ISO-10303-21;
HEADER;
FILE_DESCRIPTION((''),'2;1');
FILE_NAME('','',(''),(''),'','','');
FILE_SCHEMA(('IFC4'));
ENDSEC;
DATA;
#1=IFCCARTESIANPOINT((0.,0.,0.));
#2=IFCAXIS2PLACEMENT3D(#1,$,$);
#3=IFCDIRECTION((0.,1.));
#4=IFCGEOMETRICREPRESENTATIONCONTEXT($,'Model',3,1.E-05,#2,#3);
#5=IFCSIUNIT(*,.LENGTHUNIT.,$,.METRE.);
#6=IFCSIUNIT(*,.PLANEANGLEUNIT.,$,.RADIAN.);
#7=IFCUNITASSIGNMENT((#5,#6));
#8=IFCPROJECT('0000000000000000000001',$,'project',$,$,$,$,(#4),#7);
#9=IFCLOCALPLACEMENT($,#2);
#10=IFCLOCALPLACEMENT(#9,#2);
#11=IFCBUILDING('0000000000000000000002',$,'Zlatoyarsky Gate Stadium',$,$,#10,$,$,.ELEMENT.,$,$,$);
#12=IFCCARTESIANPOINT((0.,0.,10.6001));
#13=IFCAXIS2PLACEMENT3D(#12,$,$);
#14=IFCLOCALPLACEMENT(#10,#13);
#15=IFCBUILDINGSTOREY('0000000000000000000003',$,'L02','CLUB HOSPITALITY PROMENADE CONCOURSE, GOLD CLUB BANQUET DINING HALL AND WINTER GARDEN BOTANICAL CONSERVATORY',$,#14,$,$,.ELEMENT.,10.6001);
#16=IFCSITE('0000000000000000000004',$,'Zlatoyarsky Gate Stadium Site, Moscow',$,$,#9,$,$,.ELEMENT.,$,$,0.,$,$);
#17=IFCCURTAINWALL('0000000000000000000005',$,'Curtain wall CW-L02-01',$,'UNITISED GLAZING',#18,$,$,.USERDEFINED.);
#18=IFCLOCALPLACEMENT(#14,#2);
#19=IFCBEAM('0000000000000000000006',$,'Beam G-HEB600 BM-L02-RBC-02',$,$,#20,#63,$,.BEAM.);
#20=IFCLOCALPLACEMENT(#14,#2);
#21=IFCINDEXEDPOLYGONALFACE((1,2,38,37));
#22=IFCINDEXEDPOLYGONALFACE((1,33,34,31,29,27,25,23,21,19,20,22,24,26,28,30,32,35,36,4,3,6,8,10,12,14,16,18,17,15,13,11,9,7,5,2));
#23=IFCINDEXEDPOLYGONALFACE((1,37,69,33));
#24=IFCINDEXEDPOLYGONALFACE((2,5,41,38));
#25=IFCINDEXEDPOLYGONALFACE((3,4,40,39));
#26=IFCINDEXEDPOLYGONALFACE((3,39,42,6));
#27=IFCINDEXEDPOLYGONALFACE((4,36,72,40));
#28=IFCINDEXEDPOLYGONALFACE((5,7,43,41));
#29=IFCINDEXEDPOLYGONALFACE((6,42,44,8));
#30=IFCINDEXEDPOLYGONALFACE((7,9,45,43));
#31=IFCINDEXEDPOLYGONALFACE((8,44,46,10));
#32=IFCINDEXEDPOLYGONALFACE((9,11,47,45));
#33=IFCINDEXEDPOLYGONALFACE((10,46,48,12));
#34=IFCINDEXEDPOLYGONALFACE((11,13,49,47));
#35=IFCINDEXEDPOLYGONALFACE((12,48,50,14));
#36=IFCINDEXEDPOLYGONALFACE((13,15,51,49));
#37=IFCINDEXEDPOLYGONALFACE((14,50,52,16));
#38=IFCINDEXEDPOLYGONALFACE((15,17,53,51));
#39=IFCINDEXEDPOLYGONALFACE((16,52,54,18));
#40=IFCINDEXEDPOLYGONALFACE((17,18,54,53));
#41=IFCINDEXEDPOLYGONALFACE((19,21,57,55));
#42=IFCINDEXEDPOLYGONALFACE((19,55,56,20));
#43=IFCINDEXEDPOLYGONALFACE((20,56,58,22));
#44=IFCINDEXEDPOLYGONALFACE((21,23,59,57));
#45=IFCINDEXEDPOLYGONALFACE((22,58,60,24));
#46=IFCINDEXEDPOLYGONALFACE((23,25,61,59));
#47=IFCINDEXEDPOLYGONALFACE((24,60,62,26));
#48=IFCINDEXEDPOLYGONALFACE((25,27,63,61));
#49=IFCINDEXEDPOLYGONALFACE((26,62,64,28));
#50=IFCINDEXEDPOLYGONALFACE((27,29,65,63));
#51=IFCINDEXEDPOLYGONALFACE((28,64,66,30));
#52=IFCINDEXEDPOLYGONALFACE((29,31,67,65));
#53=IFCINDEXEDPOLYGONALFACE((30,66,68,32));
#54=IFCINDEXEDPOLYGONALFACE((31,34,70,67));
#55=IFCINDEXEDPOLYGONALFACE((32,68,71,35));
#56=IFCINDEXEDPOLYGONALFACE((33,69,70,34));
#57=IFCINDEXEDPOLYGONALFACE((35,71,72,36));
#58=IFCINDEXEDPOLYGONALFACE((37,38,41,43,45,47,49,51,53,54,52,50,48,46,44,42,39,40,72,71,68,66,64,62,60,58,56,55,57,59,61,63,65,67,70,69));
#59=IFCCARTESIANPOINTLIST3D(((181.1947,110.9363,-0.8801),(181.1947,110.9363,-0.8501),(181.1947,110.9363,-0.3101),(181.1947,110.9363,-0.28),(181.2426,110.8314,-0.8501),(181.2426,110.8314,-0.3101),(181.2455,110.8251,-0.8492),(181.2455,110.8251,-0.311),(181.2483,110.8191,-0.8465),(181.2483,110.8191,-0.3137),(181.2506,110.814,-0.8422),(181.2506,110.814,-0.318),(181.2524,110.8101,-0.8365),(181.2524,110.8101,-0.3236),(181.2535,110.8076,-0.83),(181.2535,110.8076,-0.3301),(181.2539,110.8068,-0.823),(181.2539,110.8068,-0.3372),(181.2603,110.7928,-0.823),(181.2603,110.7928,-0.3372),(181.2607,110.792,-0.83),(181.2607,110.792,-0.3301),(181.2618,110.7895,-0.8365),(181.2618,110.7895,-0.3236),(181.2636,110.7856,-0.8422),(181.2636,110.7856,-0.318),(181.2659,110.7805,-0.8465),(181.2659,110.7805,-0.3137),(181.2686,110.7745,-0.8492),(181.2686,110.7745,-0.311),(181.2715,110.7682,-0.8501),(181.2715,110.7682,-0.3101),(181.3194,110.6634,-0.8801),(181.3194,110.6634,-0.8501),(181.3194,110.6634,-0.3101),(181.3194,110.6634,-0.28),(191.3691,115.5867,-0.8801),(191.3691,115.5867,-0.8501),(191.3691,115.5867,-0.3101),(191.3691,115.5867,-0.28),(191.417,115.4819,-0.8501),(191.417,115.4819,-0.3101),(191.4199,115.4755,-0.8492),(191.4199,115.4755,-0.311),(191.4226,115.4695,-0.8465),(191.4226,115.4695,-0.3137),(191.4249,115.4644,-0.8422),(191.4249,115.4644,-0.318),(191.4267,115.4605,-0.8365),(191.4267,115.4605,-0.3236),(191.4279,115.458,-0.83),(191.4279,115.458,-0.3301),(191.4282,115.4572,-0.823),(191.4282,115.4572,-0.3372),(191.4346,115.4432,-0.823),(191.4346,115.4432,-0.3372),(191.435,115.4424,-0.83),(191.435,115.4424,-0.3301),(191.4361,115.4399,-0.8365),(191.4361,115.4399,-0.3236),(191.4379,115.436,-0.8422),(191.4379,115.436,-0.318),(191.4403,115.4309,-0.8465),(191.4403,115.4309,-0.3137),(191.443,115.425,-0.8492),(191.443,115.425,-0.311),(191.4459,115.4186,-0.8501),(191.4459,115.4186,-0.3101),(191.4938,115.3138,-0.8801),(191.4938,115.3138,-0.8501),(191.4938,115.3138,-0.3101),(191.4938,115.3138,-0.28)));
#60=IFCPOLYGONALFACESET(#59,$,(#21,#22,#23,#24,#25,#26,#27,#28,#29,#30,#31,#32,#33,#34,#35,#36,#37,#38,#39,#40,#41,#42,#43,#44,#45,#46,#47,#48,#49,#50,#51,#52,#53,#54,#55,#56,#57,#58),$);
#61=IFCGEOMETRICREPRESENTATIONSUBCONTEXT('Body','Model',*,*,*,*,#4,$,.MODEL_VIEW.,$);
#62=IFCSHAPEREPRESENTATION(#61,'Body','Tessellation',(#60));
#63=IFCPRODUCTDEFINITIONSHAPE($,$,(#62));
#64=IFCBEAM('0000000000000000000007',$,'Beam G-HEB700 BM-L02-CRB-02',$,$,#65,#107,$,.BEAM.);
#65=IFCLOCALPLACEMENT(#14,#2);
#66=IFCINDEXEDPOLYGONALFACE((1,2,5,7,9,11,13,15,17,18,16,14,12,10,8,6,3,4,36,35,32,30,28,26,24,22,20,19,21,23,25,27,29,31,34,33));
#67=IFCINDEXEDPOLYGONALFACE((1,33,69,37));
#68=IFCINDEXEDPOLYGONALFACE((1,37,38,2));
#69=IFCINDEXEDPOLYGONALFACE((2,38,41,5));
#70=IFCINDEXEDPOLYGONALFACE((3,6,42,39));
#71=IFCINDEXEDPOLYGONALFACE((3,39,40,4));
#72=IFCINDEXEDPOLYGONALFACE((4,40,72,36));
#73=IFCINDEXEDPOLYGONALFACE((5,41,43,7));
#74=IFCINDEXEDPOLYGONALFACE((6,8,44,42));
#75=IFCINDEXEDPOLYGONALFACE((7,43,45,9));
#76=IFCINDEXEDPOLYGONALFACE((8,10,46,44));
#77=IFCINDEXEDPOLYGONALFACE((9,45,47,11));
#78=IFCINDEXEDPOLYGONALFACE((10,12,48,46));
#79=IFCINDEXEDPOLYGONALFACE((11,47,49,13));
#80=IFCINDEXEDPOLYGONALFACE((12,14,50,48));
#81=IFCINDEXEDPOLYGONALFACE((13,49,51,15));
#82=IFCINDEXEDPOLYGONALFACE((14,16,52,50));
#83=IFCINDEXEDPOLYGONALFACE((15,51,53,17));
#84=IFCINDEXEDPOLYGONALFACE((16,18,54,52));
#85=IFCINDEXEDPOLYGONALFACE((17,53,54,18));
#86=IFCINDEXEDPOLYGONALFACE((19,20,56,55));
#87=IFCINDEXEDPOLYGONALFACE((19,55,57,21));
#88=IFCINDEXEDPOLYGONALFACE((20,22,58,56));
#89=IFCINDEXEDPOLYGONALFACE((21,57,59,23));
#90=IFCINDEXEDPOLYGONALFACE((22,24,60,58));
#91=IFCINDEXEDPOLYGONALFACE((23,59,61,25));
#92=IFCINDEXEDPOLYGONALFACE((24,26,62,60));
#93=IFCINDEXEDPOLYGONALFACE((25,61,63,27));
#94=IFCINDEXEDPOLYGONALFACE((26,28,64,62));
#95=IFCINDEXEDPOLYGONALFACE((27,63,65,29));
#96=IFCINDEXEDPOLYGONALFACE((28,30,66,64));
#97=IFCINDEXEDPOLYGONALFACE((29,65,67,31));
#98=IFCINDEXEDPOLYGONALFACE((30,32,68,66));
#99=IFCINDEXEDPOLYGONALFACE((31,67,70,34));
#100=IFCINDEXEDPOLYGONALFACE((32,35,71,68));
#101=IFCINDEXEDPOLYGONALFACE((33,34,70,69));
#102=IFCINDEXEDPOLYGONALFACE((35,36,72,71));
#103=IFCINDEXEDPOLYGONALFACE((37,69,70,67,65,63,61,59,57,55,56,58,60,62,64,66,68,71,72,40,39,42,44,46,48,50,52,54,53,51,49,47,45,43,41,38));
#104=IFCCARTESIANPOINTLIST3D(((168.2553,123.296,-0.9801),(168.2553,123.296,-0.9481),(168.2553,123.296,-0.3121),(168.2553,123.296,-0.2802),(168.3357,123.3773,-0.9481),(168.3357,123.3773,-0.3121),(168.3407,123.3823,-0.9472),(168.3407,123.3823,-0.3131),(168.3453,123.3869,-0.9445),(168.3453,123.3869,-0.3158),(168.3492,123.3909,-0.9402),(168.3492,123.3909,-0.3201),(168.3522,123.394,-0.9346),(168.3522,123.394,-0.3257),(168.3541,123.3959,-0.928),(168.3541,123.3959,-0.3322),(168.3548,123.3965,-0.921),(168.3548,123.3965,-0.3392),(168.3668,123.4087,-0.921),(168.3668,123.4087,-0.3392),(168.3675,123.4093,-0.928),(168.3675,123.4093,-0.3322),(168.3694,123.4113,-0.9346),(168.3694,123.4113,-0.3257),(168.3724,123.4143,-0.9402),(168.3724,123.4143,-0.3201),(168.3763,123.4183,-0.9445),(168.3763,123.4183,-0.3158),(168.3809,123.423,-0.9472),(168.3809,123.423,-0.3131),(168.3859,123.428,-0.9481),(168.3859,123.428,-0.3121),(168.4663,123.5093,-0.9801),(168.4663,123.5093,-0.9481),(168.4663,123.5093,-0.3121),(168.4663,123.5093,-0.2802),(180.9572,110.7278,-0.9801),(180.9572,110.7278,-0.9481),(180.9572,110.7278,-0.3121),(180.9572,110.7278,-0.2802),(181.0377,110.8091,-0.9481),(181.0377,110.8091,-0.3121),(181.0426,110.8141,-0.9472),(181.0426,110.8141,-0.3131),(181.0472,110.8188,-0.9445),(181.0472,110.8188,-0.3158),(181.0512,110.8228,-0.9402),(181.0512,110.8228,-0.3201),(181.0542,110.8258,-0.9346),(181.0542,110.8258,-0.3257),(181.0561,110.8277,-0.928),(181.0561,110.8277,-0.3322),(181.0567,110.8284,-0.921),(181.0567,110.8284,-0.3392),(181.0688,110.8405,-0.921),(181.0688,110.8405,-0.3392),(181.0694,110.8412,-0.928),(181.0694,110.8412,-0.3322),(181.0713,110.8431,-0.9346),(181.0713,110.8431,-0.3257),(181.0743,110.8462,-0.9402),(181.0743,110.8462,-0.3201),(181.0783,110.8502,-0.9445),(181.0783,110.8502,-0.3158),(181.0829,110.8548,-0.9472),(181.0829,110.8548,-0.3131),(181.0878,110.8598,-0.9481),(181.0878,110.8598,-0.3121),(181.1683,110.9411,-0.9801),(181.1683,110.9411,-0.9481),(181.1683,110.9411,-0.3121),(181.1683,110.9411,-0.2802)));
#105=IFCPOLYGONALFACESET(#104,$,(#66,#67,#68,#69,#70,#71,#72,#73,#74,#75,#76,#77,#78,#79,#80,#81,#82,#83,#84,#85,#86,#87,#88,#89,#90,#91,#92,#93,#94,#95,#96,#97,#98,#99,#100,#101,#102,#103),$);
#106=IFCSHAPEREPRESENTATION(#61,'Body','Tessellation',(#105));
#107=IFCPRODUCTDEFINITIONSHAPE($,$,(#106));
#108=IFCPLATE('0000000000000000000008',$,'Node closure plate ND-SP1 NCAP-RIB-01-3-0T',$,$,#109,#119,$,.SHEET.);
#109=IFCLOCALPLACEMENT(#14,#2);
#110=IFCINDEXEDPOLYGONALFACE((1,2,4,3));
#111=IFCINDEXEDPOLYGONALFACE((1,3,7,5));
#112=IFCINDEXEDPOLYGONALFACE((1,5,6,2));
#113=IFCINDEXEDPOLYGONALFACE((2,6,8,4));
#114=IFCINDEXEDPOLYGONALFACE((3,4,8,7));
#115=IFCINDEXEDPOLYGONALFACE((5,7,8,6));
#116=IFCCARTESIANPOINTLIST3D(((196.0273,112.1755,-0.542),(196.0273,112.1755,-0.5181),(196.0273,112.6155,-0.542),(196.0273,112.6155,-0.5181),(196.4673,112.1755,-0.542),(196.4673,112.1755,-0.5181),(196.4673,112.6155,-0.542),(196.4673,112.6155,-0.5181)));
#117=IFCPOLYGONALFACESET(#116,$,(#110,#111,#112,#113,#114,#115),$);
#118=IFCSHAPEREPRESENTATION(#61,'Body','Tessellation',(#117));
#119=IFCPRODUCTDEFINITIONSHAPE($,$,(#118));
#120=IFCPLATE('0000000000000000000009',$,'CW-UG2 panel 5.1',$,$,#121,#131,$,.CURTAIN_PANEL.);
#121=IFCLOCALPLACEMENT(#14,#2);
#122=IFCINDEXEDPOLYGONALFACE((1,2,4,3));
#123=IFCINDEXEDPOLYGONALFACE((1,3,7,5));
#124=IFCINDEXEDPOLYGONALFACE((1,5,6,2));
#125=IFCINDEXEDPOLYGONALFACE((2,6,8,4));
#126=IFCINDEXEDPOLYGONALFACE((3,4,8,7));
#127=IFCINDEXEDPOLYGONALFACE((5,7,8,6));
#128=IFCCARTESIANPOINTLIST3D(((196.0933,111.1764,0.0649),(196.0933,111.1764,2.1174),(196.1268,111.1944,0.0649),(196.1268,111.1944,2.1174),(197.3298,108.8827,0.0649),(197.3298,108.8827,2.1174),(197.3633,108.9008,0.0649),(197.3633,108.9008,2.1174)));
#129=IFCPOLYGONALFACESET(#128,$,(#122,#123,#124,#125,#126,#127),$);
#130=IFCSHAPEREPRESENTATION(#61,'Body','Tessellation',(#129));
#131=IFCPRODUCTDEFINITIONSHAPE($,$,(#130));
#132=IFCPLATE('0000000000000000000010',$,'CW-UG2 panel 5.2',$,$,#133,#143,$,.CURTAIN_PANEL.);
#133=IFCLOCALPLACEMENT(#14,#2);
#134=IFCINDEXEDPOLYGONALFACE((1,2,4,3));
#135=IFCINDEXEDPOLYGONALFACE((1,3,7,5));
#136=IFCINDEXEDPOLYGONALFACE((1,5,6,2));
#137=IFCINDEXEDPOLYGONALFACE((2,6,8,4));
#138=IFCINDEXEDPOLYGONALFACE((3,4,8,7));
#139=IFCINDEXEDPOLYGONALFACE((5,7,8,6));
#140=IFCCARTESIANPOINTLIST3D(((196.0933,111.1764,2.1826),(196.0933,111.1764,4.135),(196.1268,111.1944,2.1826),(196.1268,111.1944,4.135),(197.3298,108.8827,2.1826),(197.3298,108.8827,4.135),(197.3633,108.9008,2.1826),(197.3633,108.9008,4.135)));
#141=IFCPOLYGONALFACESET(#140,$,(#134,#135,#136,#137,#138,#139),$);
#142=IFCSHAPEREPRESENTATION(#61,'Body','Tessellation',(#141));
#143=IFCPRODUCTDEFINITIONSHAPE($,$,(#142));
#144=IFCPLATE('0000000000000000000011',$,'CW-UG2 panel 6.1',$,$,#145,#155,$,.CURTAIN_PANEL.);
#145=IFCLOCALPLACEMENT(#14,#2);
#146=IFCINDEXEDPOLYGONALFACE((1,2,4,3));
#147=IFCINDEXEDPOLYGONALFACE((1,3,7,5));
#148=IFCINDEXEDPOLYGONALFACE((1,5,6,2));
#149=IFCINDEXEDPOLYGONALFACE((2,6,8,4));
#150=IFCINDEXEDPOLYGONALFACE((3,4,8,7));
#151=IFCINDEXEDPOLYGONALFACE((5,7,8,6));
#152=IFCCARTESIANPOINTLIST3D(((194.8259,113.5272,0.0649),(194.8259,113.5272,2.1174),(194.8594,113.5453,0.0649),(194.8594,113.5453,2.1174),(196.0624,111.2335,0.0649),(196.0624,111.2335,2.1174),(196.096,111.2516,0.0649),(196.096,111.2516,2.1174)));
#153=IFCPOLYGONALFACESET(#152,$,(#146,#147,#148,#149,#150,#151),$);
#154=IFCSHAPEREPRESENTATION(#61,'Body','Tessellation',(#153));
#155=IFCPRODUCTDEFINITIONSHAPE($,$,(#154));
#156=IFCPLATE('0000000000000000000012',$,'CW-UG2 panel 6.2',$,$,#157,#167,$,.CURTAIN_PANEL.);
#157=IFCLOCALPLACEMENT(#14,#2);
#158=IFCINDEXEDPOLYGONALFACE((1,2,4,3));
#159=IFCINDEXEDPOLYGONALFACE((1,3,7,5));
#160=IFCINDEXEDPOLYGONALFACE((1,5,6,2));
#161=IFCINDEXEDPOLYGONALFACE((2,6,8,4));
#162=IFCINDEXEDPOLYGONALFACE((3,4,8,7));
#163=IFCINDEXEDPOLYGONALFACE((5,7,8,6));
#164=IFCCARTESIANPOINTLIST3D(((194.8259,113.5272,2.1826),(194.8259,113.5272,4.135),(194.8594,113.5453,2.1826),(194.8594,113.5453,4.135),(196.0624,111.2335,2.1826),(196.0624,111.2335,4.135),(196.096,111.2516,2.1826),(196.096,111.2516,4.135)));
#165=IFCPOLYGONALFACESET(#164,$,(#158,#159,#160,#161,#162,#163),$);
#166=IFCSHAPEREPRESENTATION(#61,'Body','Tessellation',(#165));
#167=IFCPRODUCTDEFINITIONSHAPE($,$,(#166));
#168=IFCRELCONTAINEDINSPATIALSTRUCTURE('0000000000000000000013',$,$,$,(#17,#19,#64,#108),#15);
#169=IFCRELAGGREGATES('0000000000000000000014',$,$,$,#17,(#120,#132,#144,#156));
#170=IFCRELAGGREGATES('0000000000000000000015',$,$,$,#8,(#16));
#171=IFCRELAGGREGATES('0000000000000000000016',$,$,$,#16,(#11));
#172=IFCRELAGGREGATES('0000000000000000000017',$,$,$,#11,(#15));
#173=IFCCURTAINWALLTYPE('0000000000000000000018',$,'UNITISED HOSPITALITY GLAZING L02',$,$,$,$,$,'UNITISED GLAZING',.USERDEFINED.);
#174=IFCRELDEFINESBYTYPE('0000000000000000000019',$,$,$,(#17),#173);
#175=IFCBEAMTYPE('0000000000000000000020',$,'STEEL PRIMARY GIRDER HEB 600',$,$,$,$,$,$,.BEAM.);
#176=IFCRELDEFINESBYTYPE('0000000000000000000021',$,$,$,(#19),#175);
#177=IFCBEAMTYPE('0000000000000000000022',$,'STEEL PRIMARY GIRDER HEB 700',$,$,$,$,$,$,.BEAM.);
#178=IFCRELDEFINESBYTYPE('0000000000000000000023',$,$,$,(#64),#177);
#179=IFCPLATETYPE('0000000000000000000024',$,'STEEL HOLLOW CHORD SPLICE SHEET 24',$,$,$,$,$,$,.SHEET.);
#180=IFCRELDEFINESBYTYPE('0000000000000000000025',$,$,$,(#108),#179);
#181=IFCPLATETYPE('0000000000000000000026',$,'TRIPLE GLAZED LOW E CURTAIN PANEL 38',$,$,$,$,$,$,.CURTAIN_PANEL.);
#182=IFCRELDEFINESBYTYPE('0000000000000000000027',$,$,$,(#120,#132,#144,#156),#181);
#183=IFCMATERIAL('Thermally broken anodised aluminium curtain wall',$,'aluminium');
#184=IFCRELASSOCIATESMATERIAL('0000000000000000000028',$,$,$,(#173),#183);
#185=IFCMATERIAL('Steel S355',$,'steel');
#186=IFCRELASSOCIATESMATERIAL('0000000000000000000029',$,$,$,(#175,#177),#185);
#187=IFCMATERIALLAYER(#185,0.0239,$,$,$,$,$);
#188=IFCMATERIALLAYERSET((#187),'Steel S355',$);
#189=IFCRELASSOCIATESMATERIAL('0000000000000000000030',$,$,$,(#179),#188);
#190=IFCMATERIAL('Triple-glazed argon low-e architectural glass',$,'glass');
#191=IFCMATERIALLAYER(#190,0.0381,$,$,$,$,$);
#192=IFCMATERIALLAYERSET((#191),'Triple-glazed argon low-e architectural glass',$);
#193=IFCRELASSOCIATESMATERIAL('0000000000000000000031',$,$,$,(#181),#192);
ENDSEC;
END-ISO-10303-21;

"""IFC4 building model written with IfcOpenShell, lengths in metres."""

from ifc_helpers import new_model, si_unit, direction, frame, origin, origin_2d, place, context, subcontext, project, spatial, rectangle, i_section, extrude, material, layer, layer_set, material_profile, profile_set, type_object, element, aggregate, save


model = new_model("IFC4")

# Units and contexts
model_context = context("Model", 3, precision=1e-05, world=origin(), true_north=direction((0.0, 1.0)))
body_context = subcontext(model_context, "Body", "Model", "MODEL_VIEW")
ifc_project = project(units=[si_unit("LENGTHUNIT", "METRE"), si_unit("PLANEANGLEUNIT", "RADIAN")], contexts=[model_context])

# Site, building, storey
site_placement = place(None, origin())
site = spatial("IfcSite", under=ifc_project, at=site_placement, Name="Zlatoyarsky Gate Stadium Site, Moscow", CompositionType="ELEMENT", RefElevation=0.0)
building_placement = place(site_placement, origin())
building = spatial("IfcBuilding", under=site, at=building_placement, Name="Zlatoyarsky Gate Stadium", CompositionType="ELEMENT")
storey_placement = place(building_placement, frame((0.0, 0.0, 10.6001)))
storey = spatial("IfcBuildingStorey", under=building, at=storey_placement, Name="L02", Description="CLUB HOSPITALITY PROMENADE CONCOURSE, GOLD CLUB BANQUET DINING HALL AND WINTER GARDEN BOTANICAL CONSERVATORY", CompositionType="ELEMENT", Elevation=10.6001)

# Curtain wall
ifc_material_1 = material(Name="Thermally broken anodised aluminium curtain wall", Category="aluminium")
curtain_wall_type = type_object("IfcCurtainWallType", Name="UNITISED HOSPITALITY GLAZING L02", ElementType="UNITISED GLAZING", PredefinedType="USERDEFINED", material=ifc_material_1)
curtain_wall_placement = place(storey_placement, origin())
curtain_wall = element("IfcCurtainWall", 1, at=curtain_wall_placement, inside=storey, type_object=curtain_wall_type, Name="Curtain wall CW-L02-01", ObjectType="UNITISED GLAZING", PredefinedType="USERDEFINED")

# Shared definitions
ifc_material_2 = material(Name="Steel S355", Category="steel")

# Beams
ifc_material_profile_1 = material_profile(ifc_material_2, i_section(OverallWidth=0.3, OverallDepth=0.6001, WebThickness=0.0154, FlangeThickness=0.03, FilletRadius=0.0271, at=origin_2d()), Name="HEB 600")
ifc_profile_set_1 = profile_set([ifc_material_profile_1], Name="Steel S355")
beam_type_1 = type_object("IfcBeamType", Name="STEEL PRIMARY GIRDER HEB 600", PredefinedType="BEAM", material=ifc_profile_set_1)
beam_1_placement = place(storey_placement, frame((181.2571, 110.7998, -0.5801), z_axis=(0.909499, 0.415706, 0.0), x_axis=(-0.415706, 0.909499, 0.0)))
element("IfcBeam", 2, at=beam_1_placement, inside=storey, type_object=beam_type_1, Name="Beam G-HEB600 BM-L02-RBC-02", PredefinedType="BEAM", context=body_context, shape_type="SweptSolid", body=[
    extrude(i_section(OverallWidth=0.3, OverallDepth=0.6001, WebThickness=0.0154, FlangeThickness=0.03, FilletRadius=0.0271, at=origin_2d()), origin(), (0.0, 0.0, 1.0), 11.1868),
])
ifc_material_profile_2 = material_profile(ifc_material_2, i_section(OverallWidth=0.3, OverallDepth=0.7, WebThickness=0.0171, FlangeThickness=0.032, FilletRadius=0.0271, at=origin_2d()), Name="HEB 700")
ifc_profile_set_2 = profile_set([ifc_material_profile_2], Name="Steel S355")
beam_type_2 = type_object("IfcBeamType", Name="STEEL PRIMARY GIRDER HEB 700", PredefinedType="BEAM", material=ifc_profile_set_2)
beam_2_placement = place(storey_placement, frame((181.0627, 110.8345, -0.6301), z_axis=(-0.710841, 0.703353, 0.0), x_axis=(-0.703353, -0.710841, 0.0)))
element("IfcBeam", 3, at=beam_2_placement, inside=storey, type_object=beam_type_2, Name="Beam G-HEB700 BM-L02-CRB-02", PredefinedType="BEAM", context=body_context, shape_type="SweptSolid", body=[
    extrude(i_section(OverallWidth=0.3, OverallDepth=0.7, WebThickness=0.0171, FlangeThickness=0.032, FilletRadius=0.0271, at=origin_2d()), origin(), (0.0, 0.0, 1.0), 17.8689),
])

# Plates
ifc_layer_1 = layer(ifc_material_2, 0.0239)
ifc_layer_set_1 = layer_set([ifc_layer_1], Name="Steel S355")
plate_type_1 = type_object("IfcPlateType", Name="STEEL HOLLOW CHORD SPLICE SHEET 24", PredefinedType="SHEET", material=ifc_layer_set_1)
plate_1_placement = place(storey_placement, frame((196.2473, 112.3955, -0.542), z_axis=(0.0, 0.0, 1.0), x_axis=(1.0, 0.0, 0.0)))
element("IfcPlate", 4, at=plate_1_placement, inside=storey, type_object=plate_type_1, Name="Node closure plate ND-SP1 NCAP-RIB-01-3-0T", PredefinedType="SHEET", context=body_context, shape_type="SweptSolid", body=[
    extrude(rectangle(XDim=0.4399, YDim=0.4399, at=origin_2d()), origin(), (0.0, 0.0, 1.0), 0.0239),
])
ifc_material_3 = material(Name="Triple-glazed argon low-e architectural glass", Category="glass")
ifc_layer_2 = layer(ifc_material_3, 0.0381)
ifc_layer_set_2 = layer_set([ifc_layer_2], Name="Triple-glazed argon low-e architectural glass")
plate_type_2 = type_object("IfcPlateType", Name="TRIPLE GLAZED LOW E CURTAIN PANEL 38", PredefinedType="CURTAIN_PANEL", material=ifc_layer_set_2)
plate_2_placement = place(storey_placement, frame((196.7283, 110.0386, 0.0649), z_axis=(0.0, 0.0, 1.0), x_axis=(-0.474536, 0.880236, 0.0)))
plate_2 = element("IfcPlate", 5, at=plate_2_placement, type_object=plate_type_2, Name="CW-UG2 panel 5.1", PredefinedType="CURTAIN_PANEL", context=body_context, shape_type="SweptSolid", body=[
    extrude(rectangle(XDim=2.6057, YDim=0.0381, at=origin_2d()), origin(), (0.0, 0.0, 1.0), 2.0525),
])
plate_3_placement = place(storey_placement, frame((196.7283, 110.0386, 2.1826), z_axis=(0.0, 0.0, 1.0), x_axis=(-0.474536, 0.880236, 0.0)))
plate_3 = element("IfcPlate", 6, at=plate_3_placement, type_object=plate_type_2, Name="CW-UG2 panel 5.2", PredefinedType="CURTAIN_PANEL", context=body_context, shape_type="SweptSolid", body=[
    extrude(rectangle(XDim=2.6057, YDim=0.0381, at=origin_2d()), origin(), (0.0, 0.0, 1.0), 1.9524),
])
plate_4_placement = place(storey_placement, frame((195.4609, 112.3894, 0.0649), z_axis=(0.0, 0.0, 1.0), x_axis=(-0.474536, 0.880236, 0.0)))
plate_4 = element("IfcPlate", 7, at=plate_4_placement, type_object=plate_type_2, Name="CW-UG2 panel 6.1", PredefinedType="CURTAIN_PANEL", context=body_context, shape_type="SweptSolid", body=[
    extrude(rectangle(XDim=2.6057, YDim=0.0381, at=origin_2d()), origin(), (0.0, 0.0, 1.0), 2.0525),
])
plate_5_placement = place(storey_placement, frame((195.4609, 112.3894, 2.1826), z_axis=(0.0, 0.0, 1.0), x_axis=(-0.474536, 0.880236, 0.0)))
plate_5 = element("IfcPlate", 8, at=plate_5_placement, type_object=plate_type_2, Name="CW-UG2 panel 6.2", PredefinedType="CURTAIN_PANEL", context=body_context, shape_type="SweptSolid", body=[
    extrude(rectangle(XDim=2.6057, YDim=0.0381, at=origin_2d()), origin(), (0.0, 0.0, 1.0), 1.9524),
])
aggregate(curtain_wall, [plate_2, plate_3, plate_4, plate_5])

save(model, "model.ifc")
